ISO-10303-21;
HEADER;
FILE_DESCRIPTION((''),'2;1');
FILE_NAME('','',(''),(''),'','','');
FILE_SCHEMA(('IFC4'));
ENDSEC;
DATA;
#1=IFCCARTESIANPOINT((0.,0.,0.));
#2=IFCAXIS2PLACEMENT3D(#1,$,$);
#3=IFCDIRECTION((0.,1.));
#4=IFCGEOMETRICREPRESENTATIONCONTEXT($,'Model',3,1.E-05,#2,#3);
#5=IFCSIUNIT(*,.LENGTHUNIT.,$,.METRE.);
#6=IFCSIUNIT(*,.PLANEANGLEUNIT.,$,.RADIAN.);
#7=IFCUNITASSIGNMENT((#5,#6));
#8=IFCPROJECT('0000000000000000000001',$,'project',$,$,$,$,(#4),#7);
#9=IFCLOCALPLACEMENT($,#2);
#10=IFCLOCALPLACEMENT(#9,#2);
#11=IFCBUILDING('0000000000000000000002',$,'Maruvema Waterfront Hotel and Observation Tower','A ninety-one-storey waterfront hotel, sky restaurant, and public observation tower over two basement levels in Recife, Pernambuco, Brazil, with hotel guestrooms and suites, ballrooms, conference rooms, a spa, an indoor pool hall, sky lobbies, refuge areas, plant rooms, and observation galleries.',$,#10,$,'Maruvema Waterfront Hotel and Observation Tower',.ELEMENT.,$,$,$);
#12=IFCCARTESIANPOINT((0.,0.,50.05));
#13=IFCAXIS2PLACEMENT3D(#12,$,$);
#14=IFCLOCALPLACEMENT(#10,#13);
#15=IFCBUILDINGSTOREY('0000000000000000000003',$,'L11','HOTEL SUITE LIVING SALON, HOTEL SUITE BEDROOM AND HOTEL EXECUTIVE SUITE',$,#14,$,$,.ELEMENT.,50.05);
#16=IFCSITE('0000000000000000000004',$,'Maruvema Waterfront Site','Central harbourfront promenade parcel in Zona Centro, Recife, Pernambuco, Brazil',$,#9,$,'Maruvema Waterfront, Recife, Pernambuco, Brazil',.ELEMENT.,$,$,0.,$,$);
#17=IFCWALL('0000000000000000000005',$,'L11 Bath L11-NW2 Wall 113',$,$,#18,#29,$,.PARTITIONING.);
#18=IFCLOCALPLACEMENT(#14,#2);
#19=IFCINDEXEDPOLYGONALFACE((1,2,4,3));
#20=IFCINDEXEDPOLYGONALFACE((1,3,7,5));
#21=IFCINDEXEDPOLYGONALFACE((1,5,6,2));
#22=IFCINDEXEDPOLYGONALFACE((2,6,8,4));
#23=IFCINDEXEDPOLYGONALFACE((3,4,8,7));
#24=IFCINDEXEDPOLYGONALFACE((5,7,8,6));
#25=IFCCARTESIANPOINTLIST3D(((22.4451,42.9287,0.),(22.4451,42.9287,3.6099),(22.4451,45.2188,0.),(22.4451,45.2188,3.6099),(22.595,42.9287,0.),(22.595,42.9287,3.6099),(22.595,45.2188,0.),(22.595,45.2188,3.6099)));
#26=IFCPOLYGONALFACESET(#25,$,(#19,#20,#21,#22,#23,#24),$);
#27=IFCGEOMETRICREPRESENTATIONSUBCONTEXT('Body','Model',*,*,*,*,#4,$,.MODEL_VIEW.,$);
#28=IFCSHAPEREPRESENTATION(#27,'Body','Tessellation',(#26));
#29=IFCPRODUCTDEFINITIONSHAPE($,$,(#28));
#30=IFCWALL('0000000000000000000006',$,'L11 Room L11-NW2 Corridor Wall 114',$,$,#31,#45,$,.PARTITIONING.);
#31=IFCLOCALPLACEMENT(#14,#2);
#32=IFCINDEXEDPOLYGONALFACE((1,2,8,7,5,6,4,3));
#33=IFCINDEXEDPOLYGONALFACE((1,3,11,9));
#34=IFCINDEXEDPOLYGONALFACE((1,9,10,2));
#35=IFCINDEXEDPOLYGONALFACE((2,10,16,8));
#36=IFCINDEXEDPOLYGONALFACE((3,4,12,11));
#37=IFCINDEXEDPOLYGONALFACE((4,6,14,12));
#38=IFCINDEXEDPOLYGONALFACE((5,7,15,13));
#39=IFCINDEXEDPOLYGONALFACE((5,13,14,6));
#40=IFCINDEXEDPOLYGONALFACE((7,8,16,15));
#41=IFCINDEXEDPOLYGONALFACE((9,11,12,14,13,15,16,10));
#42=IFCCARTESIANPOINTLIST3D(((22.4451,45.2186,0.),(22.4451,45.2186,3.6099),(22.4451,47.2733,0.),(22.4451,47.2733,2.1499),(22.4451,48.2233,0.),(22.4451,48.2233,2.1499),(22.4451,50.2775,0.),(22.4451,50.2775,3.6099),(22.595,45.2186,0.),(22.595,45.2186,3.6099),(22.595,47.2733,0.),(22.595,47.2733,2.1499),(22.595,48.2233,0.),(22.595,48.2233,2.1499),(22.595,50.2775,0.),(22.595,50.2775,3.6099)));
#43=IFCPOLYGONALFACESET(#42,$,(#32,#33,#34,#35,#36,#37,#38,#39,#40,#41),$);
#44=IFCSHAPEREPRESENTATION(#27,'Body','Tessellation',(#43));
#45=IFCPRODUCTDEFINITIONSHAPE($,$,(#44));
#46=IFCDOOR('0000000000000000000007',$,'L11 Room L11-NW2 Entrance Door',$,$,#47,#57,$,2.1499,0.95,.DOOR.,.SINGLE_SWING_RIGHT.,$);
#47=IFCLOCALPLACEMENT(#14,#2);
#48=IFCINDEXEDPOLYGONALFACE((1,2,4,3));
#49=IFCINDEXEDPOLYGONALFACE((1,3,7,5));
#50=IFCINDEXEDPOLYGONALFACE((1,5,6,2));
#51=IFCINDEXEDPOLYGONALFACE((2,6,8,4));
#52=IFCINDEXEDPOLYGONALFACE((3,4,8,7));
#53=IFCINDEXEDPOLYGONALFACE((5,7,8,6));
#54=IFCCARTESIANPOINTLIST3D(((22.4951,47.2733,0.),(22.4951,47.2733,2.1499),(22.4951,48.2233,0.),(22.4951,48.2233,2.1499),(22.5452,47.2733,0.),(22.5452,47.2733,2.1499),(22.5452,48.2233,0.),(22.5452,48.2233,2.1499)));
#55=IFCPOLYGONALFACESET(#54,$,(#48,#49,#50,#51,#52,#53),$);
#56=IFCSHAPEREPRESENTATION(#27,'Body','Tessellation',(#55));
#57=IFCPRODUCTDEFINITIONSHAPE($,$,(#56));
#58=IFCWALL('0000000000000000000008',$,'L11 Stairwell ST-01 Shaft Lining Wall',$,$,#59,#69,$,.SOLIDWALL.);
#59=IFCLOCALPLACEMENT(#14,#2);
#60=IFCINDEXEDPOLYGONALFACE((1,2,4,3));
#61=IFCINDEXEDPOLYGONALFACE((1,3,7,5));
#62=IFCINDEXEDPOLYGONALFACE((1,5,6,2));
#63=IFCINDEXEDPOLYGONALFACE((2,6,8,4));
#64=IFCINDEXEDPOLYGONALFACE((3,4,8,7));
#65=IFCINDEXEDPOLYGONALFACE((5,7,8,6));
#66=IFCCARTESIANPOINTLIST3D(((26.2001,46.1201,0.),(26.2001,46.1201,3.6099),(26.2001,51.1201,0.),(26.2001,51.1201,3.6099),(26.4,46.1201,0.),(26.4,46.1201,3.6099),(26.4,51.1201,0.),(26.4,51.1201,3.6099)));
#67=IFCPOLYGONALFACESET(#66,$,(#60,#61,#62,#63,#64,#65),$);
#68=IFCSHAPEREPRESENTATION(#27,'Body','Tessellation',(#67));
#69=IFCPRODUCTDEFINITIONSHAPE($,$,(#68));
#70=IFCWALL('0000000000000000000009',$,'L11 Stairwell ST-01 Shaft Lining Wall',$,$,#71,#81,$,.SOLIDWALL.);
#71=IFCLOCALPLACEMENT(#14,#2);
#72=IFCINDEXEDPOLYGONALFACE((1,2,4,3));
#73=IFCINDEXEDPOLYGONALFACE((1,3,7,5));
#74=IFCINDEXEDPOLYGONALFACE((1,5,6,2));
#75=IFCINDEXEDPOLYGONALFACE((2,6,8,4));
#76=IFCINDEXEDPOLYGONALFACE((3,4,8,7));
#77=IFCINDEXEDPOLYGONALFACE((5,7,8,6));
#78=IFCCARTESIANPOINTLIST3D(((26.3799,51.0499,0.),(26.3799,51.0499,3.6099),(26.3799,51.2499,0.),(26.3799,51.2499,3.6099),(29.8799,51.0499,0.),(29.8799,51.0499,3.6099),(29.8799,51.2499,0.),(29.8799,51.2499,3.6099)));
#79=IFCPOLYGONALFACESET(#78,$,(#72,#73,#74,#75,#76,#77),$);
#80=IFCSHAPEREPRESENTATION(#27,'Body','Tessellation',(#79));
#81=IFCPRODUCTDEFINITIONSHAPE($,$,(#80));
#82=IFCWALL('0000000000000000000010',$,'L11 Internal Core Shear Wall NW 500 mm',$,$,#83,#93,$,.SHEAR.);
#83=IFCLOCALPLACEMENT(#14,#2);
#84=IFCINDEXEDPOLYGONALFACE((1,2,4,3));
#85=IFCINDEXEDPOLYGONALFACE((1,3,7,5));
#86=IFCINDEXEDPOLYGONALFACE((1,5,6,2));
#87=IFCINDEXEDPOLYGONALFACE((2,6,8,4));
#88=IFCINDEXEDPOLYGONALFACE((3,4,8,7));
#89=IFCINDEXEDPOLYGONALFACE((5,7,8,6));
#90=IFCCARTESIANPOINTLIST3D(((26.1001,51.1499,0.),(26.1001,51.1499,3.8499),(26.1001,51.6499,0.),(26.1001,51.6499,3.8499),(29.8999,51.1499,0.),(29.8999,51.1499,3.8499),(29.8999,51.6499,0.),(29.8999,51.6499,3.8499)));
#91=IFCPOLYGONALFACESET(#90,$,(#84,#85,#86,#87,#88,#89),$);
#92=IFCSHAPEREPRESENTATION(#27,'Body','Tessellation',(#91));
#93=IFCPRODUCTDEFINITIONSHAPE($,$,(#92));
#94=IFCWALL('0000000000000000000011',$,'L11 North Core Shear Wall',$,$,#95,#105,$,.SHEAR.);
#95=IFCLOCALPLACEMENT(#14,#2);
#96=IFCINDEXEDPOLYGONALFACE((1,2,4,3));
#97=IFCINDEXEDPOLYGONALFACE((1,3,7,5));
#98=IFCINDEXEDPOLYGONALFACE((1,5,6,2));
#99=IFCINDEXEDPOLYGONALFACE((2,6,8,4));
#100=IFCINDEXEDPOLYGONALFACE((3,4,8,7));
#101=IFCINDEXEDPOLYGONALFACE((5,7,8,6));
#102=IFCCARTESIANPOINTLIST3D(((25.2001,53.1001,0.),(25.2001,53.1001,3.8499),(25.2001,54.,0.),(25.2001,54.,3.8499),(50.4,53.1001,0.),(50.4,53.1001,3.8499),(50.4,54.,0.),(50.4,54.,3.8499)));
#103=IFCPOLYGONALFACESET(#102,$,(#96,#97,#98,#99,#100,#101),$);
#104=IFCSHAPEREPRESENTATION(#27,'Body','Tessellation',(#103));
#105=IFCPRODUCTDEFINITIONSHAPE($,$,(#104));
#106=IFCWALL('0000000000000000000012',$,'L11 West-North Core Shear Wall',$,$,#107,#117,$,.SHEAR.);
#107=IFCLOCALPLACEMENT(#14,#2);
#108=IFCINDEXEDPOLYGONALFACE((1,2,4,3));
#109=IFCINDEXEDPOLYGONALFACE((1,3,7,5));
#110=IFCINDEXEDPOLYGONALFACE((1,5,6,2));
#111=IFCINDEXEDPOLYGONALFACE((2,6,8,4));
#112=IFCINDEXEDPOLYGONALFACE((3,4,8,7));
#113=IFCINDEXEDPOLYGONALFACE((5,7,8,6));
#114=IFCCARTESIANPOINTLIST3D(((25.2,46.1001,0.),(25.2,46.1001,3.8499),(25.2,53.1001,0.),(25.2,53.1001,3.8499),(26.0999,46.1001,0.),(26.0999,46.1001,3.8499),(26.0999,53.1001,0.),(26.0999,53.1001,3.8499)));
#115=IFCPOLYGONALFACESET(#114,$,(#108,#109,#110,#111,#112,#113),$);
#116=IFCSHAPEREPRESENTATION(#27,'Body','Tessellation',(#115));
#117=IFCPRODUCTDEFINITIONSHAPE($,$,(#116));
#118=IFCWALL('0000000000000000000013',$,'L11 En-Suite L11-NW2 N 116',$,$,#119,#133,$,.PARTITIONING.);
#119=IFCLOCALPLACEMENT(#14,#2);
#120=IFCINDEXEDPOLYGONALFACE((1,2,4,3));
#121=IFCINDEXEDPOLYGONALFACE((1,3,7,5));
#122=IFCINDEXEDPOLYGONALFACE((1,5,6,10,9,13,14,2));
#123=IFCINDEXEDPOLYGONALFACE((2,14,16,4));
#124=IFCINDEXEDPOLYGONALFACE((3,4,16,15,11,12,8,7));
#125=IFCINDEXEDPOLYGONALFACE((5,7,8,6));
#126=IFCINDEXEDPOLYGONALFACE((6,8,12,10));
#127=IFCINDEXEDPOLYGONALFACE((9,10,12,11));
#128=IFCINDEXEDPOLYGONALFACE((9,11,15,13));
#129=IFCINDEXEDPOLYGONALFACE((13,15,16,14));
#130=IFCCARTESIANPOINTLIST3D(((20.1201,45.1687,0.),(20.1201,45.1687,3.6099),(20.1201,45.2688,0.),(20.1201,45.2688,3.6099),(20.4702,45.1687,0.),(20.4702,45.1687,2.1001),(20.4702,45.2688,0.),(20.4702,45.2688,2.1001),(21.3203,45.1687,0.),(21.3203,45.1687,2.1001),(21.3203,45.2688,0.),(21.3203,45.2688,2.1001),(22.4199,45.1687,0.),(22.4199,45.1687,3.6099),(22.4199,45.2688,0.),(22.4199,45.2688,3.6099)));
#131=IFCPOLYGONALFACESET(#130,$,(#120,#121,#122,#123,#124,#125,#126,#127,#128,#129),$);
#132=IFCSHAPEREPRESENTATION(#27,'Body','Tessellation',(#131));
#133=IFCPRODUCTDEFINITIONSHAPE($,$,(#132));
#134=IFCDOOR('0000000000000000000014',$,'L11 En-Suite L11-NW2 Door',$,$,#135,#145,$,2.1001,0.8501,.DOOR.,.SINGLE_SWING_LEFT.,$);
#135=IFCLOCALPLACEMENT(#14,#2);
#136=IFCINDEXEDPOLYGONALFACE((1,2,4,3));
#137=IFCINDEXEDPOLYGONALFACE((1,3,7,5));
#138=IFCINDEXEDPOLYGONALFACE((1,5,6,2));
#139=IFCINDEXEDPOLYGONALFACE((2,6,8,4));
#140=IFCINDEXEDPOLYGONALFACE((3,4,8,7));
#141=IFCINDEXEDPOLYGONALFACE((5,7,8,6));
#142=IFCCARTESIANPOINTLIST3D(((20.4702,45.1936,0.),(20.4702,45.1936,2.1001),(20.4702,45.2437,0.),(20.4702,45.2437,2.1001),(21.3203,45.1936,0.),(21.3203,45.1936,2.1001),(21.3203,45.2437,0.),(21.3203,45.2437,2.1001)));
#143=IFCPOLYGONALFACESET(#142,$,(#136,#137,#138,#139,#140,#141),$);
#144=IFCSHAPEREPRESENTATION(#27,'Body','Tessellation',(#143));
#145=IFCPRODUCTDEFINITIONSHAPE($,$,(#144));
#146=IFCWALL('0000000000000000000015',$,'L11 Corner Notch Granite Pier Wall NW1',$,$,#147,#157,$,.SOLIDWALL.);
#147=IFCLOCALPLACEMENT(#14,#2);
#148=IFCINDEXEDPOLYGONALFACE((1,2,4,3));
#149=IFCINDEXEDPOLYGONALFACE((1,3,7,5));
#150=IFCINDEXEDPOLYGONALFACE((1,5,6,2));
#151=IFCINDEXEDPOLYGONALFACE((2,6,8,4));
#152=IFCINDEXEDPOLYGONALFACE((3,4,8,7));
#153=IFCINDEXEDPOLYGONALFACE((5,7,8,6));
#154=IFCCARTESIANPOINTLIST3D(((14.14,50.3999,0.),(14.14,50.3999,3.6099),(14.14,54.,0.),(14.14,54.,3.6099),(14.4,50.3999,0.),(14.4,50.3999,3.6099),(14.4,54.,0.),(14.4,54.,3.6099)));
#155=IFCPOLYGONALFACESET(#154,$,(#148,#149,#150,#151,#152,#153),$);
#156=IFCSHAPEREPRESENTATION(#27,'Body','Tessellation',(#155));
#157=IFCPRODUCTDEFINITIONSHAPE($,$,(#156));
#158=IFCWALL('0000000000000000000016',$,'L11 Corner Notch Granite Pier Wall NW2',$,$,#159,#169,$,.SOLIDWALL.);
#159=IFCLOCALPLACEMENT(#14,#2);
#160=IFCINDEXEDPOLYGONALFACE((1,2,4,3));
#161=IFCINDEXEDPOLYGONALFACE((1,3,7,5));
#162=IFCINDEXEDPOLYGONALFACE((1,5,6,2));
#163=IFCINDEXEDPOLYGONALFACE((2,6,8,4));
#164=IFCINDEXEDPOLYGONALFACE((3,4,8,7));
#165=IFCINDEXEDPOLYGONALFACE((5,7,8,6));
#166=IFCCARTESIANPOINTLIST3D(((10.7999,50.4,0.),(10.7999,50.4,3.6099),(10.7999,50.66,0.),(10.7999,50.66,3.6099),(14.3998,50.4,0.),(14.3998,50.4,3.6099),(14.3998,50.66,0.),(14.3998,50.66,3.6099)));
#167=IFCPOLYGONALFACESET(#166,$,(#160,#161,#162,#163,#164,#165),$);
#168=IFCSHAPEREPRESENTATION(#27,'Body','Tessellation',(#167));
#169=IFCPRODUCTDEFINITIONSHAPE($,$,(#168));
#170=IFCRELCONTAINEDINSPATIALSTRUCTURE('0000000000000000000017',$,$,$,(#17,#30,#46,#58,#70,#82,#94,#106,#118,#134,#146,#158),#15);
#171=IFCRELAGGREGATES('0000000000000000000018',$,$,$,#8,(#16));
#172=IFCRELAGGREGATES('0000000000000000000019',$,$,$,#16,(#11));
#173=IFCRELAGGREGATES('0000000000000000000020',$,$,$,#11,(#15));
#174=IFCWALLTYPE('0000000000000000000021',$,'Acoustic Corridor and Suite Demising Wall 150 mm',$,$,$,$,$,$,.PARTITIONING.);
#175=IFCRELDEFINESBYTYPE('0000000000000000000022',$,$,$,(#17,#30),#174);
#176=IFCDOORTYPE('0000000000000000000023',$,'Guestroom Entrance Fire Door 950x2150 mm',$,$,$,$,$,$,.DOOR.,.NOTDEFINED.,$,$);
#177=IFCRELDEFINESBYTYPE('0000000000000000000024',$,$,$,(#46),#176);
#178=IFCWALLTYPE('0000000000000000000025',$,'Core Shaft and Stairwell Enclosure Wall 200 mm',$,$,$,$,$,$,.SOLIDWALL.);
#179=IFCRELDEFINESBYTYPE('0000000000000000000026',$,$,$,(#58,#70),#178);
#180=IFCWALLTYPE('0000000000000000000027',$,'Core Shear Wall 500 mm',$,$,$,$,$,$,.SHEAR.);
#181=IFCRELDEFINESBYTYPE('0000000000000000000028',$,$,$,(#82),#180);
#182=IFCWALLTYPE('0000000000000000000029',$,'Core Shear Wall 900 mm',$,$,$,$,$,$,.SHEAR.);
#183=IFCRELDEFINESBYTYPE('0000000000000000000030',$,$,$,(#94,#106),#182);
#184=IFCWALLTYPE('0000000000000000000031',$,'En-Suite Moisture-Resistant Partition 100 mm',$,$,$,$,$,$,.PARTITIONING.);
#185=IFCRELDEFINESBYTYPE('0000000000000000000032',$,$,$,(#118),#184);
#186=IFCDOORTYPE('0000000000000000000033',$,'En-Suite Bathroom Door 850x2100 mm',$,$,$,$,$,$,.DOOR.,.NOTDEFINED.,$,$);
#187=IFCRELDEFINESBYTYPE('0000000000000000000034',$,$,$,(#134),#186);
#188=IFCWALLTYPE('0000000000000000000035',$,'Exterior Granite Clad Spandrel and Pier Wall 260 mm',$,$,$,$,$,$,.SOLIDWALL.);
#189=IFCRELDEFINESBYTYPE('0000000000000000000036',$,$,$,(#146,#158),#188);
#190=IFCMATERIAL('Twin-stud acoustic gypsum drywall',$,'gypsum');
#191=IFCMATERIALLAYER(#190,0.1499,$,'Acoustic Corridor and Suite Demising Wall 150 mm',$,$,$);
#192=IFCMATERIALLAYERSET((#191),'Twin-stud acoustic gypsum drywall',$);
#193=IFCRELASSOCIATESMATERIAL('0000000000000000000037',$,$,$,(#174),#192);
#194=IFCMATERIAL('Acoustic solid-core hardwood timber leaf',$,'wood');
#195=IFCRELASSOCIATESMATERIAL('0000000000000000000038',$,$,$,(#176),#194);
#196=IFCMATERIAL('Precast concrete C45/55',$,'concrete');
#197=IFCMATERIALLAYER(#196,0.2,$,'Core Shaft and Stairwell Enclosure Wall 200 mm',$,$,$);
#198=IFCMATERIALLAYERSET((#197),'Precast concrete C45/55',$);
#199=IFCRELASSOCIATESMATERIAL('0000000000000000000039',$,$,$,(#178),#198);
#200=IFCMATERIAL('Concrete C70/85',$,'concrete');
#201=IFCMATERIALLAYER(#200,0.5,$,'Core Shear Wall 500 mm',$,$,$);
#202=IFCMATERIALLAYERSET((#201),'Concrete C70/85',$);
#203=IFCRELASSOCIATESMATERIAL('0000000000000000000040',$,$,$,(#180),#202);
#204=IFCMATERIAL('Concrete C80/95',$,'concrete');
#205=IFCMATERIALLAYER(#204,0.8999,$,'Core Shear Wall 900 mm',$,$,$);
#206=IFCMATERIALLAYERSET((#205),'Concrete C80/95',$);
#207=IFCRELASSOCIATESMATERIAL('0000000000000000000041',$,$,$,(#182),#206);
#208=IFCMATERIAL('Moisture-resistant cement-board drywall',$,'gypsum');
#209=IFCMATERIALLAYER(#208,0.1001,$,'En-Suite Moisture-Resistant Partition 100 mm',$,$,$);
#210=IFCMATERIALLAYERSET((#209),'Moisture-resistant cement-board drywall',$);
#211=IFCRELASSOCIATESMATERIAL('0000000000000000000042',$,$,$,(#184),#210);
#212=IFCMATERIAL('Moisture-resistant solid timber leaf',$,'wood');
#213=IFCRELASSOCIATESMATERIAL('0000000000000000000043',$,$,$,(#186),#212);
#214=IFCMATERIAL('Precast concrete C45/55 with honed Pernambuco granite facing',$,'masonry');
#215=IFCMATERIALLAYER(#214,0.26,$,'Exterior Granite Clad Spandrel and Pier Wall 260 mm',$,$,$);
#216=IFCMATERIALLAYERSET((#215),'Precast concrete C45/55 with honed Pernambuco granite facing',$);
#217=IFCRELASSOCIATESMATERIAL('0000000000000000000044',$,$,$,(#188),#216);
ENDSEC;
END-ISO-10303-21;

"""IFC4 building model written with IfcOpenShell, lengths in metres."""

from ifc_helpers import new_model, si_unit, direction, frame, frame_2d, origin, place, context, subcontext, project, spatial, rectangle, extrude, material, layer, layer_set, type_object, element, fill, save


model = new_model("IFC4")

# Units and contexts
model_context = context("Model", 3, precision=1e-05, world=origin(), true_north=direction((0.0, 1.0)))
body_context = subcontext(model_context, "Body", "Model", "MODEL_VIEW")
ifc_project = project(units=[si_unit("LENGTHUNIT", "METRE"), si_unit("PLANEANGLEUNIT", "RADIAN")], contexts=[model_context])

# Site, building, storey
site_placement = place(None, origin())
site = spatial("IfcSite", under=ifc_project, at=site_placement, Name="Maruvema Waterfront Site", Description="Central harbourfront promenade parcel in Zona Centro, Recife, Pernambuco, Brazil", LongName="Maruvema Waterfront, Recife, Pernambuco, Brazil", CompositionType="ELEMENT", RefElevation=0.0)
building_placement = place(site_placement, origin())
building = spatial("IfcBuilding", under=site, at=building_placement, Name="Maruvema Waterfront Hotel and Observation Tower", Description="A ninety-one-storey waterfront hotel, sky restaurant, and public observation tower over two basement levels in Recife, Pernambuco, Brazil, with hotel guestrooms and suites, ballrooms, conference rooms, a spa, an indoor pool hall, sky lobbies, refuge areas, plant rooms, and observation galleries.", LongName="Maruvema Waterfront Hotel and Observation Tower", CompositionType="ELEMENT")
storey_placement = place(building_placement, frame((0.0, 0.0, 50.05)))
storey = spatial("IfcBuildingStorey", under=building, at=storey_placement, Name="L11", Description="HOTEL SUITE LIVING SALON, HOTEL SUITE BEDROOM AND HOTEL EXECUTIVE SUITE", CompositionType="ELEMENT", Elevation=50.05)

# Wall
ifc_material_1 = material(Name="Twin-stud acoustic gypsum drywall", Category="gypsum")
ifc_layer_1 = layer(ifc_material_1, 0.1499, Name="Acoustic Corridor and Suite Demising Wall 150 mm")
ifc_layer_set_1 = layer_set([ifc_layer_1], Name="Twin-stud acoustic gypsum drywall")
wall_type_1 = type_object("IfcWallType", Name="Acoustic Corridor and Suite Demising Wall 150 mm", PredefinedType="PARTITIONING", material=ifc_layer_set_1)
wall_1_placement = place(storey_placement, frame((22.52, 42.9287, 0.0), z_axis=(0.0, 0.0, 1.0), x_axis=(0.0, 1.0, 0.0)))
element("IfcWall", 1, at=wall_1_placement, inside=storey, type_object=wall_type_1, Name="L11 Bath L11-NW2 Wall 113", PredefinedType="PARTITIONING", context=body_context, shape_type="SweptSolid", body=[
    extrude(rectangle(XDim=2.29, YDim=0.1499, at=frame_2d((1.145, 0.0))), origin(), (0.0, 0.0, 1.0), 3.6099),
])

# Wall, opening, door
wall_2_placement = place(storey_placement, frame((22.52, 45.2188, 0.0), z_axis=(0.0, 0.0, 1.0), x_axis=(0.0, 1.0, 0.0)))
wall_2 = element("IfcWall", 2, at=wall_2_placement, inside=storey, type_object=wall_type_1, Name="L11 Room L11-NW2 Corridor Wall 114", PredefinedType="PARTITIONING", context=body_context, shape_type="SweptSolid", body=[
    extrude(rectangle(XDim=5.0588, YDim=0.1499, at=frame_2d((2.5293, 0.0))), origin(), (0.0, 0.0, 1.0), 3.6099),
])
opening_1_placement = place(wall_2_placement, frame((2.0544, 0.0, 0.0)))
opening_1 = element("IfcOpeningElement", 3, at=opening_1_placement, cuts=wall_2, PredefinedType="OPENING", context=body_context, shape_type="SweptSolid", body=[
    extrude(rectangle(XDim=0.95, YDim=2.1499, at=frame_2d((0.4751, 1.075))), frame((0.0, 0.085, 0.0), z_axis=(0.0, -1.0, 0.0), x_axis=(1.0, 0.0, 0.0)), (0.0, 0.0, 1.0), 0.1699),
])
ifc_material_2 = material(Name="Acoustic solid-core hardwood timber leaf", Category="wood")
door_type_1 = type_object("IfcDoorType", Name="Guestroom Entrance Fire Door 950x2150 mm", OperationType="NOTDEFINED", PredefinedType="DOOR", material=ifc_material_2)
door_1_placement = place(opening_1_placement, origin())
door_1 = element("IfcDoor", 4, at=door_1_placement, inside=storey, type_object=door_type_1, Name="L11 Room L11-NW2 Entrance Door", OperationType="SINGLE_SWING_RIGHT", OverallHeight=2.1499, OverallWidth=0.95, PredefinedType="DOOR", context=body_context, shape_type="SweptSolid", body=[
    extrude(rectangle(XDim=0.95, YDim=2.1499, at=frame_2d((0.4751, 1.075))), frame((0.0, 0.0249, 0.0), z_axis=(0.0, -1.0, 0.0), x_axis=(1.0, 0.0, 0.0)), (0.0, 0.0, 1.0), 0.05),
])
fill(opening_1, door_1)

# Walls
ifc_material_3 = material(Name="Precast concrete C45/55", Category="concrete")
ifc_layer_2 = layer(ifc_material_3, 0.2, Name="Core Shaft and Stairwell Enclosure Wall 200 mm")
ifc_layer_set_2 = layer_set([ifc_layer_2], Name="Precast concrete C45/55")
wall_type_2 = type_object("IfcWallType", Name="Core Shaft and Stairwell Enclosure Wall 200 mm", PredefinedType="SOLIDWALL", material=ifc_layer_set_2)
wall_3_placement = place(storey_placement, frame((26.3, 46.1201, 0.0), z_axis=(0.0, 0.0, 1.0), x_axis=(0.0, 1.0, 0.0)))
element("IfcWall", 5, at=wall_3_placement, inside=storey, type_object=wall_type_2, Name="L11 Stairwell ST-01 Shaft Lining Wall", PredefinedType="SOLIDWALL", context=body_context, shape_type="SweptSolid", body=[
    extrude(rectangle(XDim=5.0, YDim=0.2, at=frame_2d((2.5, 0.0))), origin(), (0.0, 0.0, 1.0), 3.6099),
])
wall_4_placement = place(storey_placement, frame((26.3799, 51.1499, 0.0), z_axis=(0.0, 0.0, 1.0), x_axis=(1.0, 0.0, 0.0)))
element("IfcWall", 6, at=wall_4_placement, inside=storey, type_object=wall_type_2, Name="L11 Stairwell ST-01 Shaft Lining Wall", PredefinedType="SOLIDWALL", context=body_context, shape_type="SweptSolid", body=[
    extrude(rectangle(XDim=3.5, YDim=0.2, at=frame_2d((1.75, 0.0))), origin(), (0.0, 0.0, 1.0), 3.6099),
])
ifc_material_4 = material(Name="Concrete C70/85", Category="concrete")
ifc_layer_3 = layer(ifc_material_4, 0.5, Name="Core Shear Wall 500 mm")
ifc_layer_set_3 = layer_set([ifc_layer_3], Name="Concrete C70/85")
wall_type_3 = type_object("IfcWallType", Name="Core Shear Wall 500 mm", PredefinedType="SHEAR", material=ifc_layer_set_3)
wall_5_placement = place(storey_placement, frame((26.1001, 51.3999, 0.0), z_axis=(0.0, 0.0, 1.0), x_axis=(1.0, 0.0, 0.0)))
element("IfcWall", 7, at=wall_5_placement, inside=storey, type_object=wall_type_3, Name="L11 Internal Core Shear Wall NW 500 mm", PredefinedType="SHEAR", context=body_context, shape_type="SweptSolid", body=[
    extrude(rectangle(XDim=3.7998, YDim=0.5, at=frame_2d((1.8999, 0.0))), origin(), (0.0, 0.0, 1.0), 3.8499),
])
ifc_material_5 = material(Name="Concrete C80/95", Category="concrete")
ifc_layer_4 = layer(ifc_material_5, 0.8999, Name="Core Shear Wall 900 mm")
ifc_layer_set_4 = layer_set([ifc_layer_4], Name="Concrete C80/95")
wall_type_4 = type_object("IfcWallType", Name="Core Shear Wall 900 mm", PredefinedType="SHEAR", material=ifc_layer_set_4)
wall_6_placement = place(storey_placement, frame((25.2, 53.55, 0.0), z_axis=(0.0, 0.0, 1.0), x_axis=(1.0, 0.0, 0.0)))
element("IfcWall", 8, at=wall_6_placement, inside=storey, type_object=wall_type_4, Name="L11 North Core Shear Wall", PredefinedType="SHEAR", context=body_context, shape_type="SweptSolid", body=[
    extrude(rectangle(XDim=25.2, YDim=0.8999, at=frame_2d((12.6001, 0.0))), origin(), (0.0, 0.0, 1.0), 3.8499),
])
wall_7_placement = place(storey_placement, frame((25.6499, 46.1001, 0.0), z_axis=(0.0, 0.0, 1.0), x_axis=(0.0, 1.0, 0.0)))
element("IfcWall", 9, at=wall_7_placement, inside=storey, type_object=wall_type_4, Name="L11 West-North Core Shear Wall", PredefinedType="SHEAR", context=body_context, shape_type="SweptSolid", body=[
    extrude(rectangle(XDim=7.0, YDim=0.8999, at=frame_2d((3.5, 0.0))), origin(), (0.0, 0.0, 1.0), 3.8499),
])

# Wall, opening, door
ifc_material_6 = material(Name="Moisture-resistant cement-board drywall", Category="gypsum")
ifc_layer_5 = layer(ifc_material_6, 0.1001, Name="En-Suite Moisture-Resistant Partition 100 mm")
ifc_layer_set_5 = layer_set([ifc_layer_5], Name="Moisture-resistant cement-board drywall")
wall_type_5 = type_object("IfcWallType", Name="En-Suite Moisture-Resistant Partition 100 mm", PredefinedType="PARTITIONING", material=ifc_layer_set_5)
wall_8_placement = place(storey_placement, frame((20.1201, 45.2188, 0.0), z_axis=(0.0, 0.0, 1.0), x_axis=(1.0, 0.0, 0.0)))
wall_8 = element("IfcWall", 10, at=wall_8_placement, inside=storey, type_object=wall_type_5, Name="L11 En-Suite L11-NW2 N 116", PredefinedType="PARTITIONING", context=body_context, shape_type="SweptSolid", body=[
    extrude(rectangle(XDim=2.2998, YDim=0.1001, at=frame_2d((1.1499, 0.0))), origin(), (0.0, 0.0, 1.0), 3.6099),
])
opening_2_placement = place(wall_8_placement, frame((0.3501, 0.0, 0.0)))
opening_2 = element("IfcOpeningElement", 11, at=opening_2_placement, cuts=wall_8, PredefinedType="OPENING", context=body_context, shape_type="SweptSolid", body=[
    extrude(rectangle(XDim=0.8501, YDim=2.1001, at=frame_2d((0.425, 1.05))), frame((0.0, 0.0601, 0.0), z_axis=(0.0, -1.0, 0.0), x_axis=(1.0, 0.0, 0.0)), (0.0, 0.0, 1.0), 0.1201),
])
ifc_material_7 = material(Name="Moisture-resistant solid timber leaf", Category="wood")
door_type_2 = type_object("IfcDoorType", Name="En-Suite Bathroom Door 850x2100 mm", OperationType="NOTDEFINED", PredefinedType="DOOR", material=ifc_material_7)
door_2_placement = place(opening_2_placement, origin())
door_2 = element("IfcDoor", 12, at=door_2_placement, inside=storey, type_object=door_type_2, Name="L11 En-Suite L11-NW2 Door", OperationType="SINGLE_SWING_LEFT", OverallHeight=2.1001, OverallWidth=0.8501, PredefinedType="DOOR", context=body_context, shape_type="SweptSolid", body=[
    extrude(rectangle(XDim=0.8501, YDim=2.1001, at=frame_2d((0.425, 1.05))), frame((0.0, 0.0249, 0.0), z_axis=(0.0, -1.0, 0.0), x_axis=(1.0, 0.0, 0.0)), (0.0, 0.0, 1.0), 0.05),
])
fill(opening_2, door_2)

# Walls
ifc_material_8 = material(Name="Precast concrete C45/55 with honed Pernambuco granite facing", Category="masonry")
ifc_layer_6 = layer(ifc_material_8, 0.26, Name="Exterior Granite Clad Spandrel and Pier Wall 260 mm")
ifc_layer_set_6 = layer_set([ifc_layer_6], Name="Precast concrete C45/55 with honed Pernambuco granite facing")
wall_type_6 = type_object("IfcWallType", Name="Exterior Granite Clad Spandrel and Pier Wall 260 mm", PredefinedType="SOLIDWALL", material=ifc_layer_set_6)
wall_9_placement = place(storey_placement, frame((14.27, 50.3999, 0.0), z_axis=(0.0, 0.0, 1.0), x_axis=(0.0, 1.0, 0.0)))
element("IfcWall", 13, at=wall_9_placement, inside=storey, type_object=wall_type_6, Name="L11 Corner Notch Granite Pier Wall NW1", PredefinedType="SOLIDWALL", context=body_context, shape_type="SweptSolid", body=[
    extrude(rectangle(XDim=3.6001, YDim=0.26, at=frame_2d((1.8, 0.0))), origin(), (0.0, 0.0, 1.0), 3.6099),
])
wall_10_placement = place(storey_placement, frame((10.8, 50.53, 0.0), z_axis=(0.0, 0.0, 1.0), x_axis=(1.0, 0.0, 0.0)))
element("IfcWall", 14, at=wall_10_placement, inside=storey, type_object=wall_type_6, Name="L11 Corner Notch Granite Pier Wall NW2", PredefinedType="SOLIDWALL", context=body_context, shape_type="SweptSolid", body=[
    extrude(rectangle(XDim=3.5999, YDim=0.26, at=frame_2d((1.7998, 0.0))), origin(), (0.0, 0.0, 1.0), 3.6099),
])

save(model, "model.ifc")
